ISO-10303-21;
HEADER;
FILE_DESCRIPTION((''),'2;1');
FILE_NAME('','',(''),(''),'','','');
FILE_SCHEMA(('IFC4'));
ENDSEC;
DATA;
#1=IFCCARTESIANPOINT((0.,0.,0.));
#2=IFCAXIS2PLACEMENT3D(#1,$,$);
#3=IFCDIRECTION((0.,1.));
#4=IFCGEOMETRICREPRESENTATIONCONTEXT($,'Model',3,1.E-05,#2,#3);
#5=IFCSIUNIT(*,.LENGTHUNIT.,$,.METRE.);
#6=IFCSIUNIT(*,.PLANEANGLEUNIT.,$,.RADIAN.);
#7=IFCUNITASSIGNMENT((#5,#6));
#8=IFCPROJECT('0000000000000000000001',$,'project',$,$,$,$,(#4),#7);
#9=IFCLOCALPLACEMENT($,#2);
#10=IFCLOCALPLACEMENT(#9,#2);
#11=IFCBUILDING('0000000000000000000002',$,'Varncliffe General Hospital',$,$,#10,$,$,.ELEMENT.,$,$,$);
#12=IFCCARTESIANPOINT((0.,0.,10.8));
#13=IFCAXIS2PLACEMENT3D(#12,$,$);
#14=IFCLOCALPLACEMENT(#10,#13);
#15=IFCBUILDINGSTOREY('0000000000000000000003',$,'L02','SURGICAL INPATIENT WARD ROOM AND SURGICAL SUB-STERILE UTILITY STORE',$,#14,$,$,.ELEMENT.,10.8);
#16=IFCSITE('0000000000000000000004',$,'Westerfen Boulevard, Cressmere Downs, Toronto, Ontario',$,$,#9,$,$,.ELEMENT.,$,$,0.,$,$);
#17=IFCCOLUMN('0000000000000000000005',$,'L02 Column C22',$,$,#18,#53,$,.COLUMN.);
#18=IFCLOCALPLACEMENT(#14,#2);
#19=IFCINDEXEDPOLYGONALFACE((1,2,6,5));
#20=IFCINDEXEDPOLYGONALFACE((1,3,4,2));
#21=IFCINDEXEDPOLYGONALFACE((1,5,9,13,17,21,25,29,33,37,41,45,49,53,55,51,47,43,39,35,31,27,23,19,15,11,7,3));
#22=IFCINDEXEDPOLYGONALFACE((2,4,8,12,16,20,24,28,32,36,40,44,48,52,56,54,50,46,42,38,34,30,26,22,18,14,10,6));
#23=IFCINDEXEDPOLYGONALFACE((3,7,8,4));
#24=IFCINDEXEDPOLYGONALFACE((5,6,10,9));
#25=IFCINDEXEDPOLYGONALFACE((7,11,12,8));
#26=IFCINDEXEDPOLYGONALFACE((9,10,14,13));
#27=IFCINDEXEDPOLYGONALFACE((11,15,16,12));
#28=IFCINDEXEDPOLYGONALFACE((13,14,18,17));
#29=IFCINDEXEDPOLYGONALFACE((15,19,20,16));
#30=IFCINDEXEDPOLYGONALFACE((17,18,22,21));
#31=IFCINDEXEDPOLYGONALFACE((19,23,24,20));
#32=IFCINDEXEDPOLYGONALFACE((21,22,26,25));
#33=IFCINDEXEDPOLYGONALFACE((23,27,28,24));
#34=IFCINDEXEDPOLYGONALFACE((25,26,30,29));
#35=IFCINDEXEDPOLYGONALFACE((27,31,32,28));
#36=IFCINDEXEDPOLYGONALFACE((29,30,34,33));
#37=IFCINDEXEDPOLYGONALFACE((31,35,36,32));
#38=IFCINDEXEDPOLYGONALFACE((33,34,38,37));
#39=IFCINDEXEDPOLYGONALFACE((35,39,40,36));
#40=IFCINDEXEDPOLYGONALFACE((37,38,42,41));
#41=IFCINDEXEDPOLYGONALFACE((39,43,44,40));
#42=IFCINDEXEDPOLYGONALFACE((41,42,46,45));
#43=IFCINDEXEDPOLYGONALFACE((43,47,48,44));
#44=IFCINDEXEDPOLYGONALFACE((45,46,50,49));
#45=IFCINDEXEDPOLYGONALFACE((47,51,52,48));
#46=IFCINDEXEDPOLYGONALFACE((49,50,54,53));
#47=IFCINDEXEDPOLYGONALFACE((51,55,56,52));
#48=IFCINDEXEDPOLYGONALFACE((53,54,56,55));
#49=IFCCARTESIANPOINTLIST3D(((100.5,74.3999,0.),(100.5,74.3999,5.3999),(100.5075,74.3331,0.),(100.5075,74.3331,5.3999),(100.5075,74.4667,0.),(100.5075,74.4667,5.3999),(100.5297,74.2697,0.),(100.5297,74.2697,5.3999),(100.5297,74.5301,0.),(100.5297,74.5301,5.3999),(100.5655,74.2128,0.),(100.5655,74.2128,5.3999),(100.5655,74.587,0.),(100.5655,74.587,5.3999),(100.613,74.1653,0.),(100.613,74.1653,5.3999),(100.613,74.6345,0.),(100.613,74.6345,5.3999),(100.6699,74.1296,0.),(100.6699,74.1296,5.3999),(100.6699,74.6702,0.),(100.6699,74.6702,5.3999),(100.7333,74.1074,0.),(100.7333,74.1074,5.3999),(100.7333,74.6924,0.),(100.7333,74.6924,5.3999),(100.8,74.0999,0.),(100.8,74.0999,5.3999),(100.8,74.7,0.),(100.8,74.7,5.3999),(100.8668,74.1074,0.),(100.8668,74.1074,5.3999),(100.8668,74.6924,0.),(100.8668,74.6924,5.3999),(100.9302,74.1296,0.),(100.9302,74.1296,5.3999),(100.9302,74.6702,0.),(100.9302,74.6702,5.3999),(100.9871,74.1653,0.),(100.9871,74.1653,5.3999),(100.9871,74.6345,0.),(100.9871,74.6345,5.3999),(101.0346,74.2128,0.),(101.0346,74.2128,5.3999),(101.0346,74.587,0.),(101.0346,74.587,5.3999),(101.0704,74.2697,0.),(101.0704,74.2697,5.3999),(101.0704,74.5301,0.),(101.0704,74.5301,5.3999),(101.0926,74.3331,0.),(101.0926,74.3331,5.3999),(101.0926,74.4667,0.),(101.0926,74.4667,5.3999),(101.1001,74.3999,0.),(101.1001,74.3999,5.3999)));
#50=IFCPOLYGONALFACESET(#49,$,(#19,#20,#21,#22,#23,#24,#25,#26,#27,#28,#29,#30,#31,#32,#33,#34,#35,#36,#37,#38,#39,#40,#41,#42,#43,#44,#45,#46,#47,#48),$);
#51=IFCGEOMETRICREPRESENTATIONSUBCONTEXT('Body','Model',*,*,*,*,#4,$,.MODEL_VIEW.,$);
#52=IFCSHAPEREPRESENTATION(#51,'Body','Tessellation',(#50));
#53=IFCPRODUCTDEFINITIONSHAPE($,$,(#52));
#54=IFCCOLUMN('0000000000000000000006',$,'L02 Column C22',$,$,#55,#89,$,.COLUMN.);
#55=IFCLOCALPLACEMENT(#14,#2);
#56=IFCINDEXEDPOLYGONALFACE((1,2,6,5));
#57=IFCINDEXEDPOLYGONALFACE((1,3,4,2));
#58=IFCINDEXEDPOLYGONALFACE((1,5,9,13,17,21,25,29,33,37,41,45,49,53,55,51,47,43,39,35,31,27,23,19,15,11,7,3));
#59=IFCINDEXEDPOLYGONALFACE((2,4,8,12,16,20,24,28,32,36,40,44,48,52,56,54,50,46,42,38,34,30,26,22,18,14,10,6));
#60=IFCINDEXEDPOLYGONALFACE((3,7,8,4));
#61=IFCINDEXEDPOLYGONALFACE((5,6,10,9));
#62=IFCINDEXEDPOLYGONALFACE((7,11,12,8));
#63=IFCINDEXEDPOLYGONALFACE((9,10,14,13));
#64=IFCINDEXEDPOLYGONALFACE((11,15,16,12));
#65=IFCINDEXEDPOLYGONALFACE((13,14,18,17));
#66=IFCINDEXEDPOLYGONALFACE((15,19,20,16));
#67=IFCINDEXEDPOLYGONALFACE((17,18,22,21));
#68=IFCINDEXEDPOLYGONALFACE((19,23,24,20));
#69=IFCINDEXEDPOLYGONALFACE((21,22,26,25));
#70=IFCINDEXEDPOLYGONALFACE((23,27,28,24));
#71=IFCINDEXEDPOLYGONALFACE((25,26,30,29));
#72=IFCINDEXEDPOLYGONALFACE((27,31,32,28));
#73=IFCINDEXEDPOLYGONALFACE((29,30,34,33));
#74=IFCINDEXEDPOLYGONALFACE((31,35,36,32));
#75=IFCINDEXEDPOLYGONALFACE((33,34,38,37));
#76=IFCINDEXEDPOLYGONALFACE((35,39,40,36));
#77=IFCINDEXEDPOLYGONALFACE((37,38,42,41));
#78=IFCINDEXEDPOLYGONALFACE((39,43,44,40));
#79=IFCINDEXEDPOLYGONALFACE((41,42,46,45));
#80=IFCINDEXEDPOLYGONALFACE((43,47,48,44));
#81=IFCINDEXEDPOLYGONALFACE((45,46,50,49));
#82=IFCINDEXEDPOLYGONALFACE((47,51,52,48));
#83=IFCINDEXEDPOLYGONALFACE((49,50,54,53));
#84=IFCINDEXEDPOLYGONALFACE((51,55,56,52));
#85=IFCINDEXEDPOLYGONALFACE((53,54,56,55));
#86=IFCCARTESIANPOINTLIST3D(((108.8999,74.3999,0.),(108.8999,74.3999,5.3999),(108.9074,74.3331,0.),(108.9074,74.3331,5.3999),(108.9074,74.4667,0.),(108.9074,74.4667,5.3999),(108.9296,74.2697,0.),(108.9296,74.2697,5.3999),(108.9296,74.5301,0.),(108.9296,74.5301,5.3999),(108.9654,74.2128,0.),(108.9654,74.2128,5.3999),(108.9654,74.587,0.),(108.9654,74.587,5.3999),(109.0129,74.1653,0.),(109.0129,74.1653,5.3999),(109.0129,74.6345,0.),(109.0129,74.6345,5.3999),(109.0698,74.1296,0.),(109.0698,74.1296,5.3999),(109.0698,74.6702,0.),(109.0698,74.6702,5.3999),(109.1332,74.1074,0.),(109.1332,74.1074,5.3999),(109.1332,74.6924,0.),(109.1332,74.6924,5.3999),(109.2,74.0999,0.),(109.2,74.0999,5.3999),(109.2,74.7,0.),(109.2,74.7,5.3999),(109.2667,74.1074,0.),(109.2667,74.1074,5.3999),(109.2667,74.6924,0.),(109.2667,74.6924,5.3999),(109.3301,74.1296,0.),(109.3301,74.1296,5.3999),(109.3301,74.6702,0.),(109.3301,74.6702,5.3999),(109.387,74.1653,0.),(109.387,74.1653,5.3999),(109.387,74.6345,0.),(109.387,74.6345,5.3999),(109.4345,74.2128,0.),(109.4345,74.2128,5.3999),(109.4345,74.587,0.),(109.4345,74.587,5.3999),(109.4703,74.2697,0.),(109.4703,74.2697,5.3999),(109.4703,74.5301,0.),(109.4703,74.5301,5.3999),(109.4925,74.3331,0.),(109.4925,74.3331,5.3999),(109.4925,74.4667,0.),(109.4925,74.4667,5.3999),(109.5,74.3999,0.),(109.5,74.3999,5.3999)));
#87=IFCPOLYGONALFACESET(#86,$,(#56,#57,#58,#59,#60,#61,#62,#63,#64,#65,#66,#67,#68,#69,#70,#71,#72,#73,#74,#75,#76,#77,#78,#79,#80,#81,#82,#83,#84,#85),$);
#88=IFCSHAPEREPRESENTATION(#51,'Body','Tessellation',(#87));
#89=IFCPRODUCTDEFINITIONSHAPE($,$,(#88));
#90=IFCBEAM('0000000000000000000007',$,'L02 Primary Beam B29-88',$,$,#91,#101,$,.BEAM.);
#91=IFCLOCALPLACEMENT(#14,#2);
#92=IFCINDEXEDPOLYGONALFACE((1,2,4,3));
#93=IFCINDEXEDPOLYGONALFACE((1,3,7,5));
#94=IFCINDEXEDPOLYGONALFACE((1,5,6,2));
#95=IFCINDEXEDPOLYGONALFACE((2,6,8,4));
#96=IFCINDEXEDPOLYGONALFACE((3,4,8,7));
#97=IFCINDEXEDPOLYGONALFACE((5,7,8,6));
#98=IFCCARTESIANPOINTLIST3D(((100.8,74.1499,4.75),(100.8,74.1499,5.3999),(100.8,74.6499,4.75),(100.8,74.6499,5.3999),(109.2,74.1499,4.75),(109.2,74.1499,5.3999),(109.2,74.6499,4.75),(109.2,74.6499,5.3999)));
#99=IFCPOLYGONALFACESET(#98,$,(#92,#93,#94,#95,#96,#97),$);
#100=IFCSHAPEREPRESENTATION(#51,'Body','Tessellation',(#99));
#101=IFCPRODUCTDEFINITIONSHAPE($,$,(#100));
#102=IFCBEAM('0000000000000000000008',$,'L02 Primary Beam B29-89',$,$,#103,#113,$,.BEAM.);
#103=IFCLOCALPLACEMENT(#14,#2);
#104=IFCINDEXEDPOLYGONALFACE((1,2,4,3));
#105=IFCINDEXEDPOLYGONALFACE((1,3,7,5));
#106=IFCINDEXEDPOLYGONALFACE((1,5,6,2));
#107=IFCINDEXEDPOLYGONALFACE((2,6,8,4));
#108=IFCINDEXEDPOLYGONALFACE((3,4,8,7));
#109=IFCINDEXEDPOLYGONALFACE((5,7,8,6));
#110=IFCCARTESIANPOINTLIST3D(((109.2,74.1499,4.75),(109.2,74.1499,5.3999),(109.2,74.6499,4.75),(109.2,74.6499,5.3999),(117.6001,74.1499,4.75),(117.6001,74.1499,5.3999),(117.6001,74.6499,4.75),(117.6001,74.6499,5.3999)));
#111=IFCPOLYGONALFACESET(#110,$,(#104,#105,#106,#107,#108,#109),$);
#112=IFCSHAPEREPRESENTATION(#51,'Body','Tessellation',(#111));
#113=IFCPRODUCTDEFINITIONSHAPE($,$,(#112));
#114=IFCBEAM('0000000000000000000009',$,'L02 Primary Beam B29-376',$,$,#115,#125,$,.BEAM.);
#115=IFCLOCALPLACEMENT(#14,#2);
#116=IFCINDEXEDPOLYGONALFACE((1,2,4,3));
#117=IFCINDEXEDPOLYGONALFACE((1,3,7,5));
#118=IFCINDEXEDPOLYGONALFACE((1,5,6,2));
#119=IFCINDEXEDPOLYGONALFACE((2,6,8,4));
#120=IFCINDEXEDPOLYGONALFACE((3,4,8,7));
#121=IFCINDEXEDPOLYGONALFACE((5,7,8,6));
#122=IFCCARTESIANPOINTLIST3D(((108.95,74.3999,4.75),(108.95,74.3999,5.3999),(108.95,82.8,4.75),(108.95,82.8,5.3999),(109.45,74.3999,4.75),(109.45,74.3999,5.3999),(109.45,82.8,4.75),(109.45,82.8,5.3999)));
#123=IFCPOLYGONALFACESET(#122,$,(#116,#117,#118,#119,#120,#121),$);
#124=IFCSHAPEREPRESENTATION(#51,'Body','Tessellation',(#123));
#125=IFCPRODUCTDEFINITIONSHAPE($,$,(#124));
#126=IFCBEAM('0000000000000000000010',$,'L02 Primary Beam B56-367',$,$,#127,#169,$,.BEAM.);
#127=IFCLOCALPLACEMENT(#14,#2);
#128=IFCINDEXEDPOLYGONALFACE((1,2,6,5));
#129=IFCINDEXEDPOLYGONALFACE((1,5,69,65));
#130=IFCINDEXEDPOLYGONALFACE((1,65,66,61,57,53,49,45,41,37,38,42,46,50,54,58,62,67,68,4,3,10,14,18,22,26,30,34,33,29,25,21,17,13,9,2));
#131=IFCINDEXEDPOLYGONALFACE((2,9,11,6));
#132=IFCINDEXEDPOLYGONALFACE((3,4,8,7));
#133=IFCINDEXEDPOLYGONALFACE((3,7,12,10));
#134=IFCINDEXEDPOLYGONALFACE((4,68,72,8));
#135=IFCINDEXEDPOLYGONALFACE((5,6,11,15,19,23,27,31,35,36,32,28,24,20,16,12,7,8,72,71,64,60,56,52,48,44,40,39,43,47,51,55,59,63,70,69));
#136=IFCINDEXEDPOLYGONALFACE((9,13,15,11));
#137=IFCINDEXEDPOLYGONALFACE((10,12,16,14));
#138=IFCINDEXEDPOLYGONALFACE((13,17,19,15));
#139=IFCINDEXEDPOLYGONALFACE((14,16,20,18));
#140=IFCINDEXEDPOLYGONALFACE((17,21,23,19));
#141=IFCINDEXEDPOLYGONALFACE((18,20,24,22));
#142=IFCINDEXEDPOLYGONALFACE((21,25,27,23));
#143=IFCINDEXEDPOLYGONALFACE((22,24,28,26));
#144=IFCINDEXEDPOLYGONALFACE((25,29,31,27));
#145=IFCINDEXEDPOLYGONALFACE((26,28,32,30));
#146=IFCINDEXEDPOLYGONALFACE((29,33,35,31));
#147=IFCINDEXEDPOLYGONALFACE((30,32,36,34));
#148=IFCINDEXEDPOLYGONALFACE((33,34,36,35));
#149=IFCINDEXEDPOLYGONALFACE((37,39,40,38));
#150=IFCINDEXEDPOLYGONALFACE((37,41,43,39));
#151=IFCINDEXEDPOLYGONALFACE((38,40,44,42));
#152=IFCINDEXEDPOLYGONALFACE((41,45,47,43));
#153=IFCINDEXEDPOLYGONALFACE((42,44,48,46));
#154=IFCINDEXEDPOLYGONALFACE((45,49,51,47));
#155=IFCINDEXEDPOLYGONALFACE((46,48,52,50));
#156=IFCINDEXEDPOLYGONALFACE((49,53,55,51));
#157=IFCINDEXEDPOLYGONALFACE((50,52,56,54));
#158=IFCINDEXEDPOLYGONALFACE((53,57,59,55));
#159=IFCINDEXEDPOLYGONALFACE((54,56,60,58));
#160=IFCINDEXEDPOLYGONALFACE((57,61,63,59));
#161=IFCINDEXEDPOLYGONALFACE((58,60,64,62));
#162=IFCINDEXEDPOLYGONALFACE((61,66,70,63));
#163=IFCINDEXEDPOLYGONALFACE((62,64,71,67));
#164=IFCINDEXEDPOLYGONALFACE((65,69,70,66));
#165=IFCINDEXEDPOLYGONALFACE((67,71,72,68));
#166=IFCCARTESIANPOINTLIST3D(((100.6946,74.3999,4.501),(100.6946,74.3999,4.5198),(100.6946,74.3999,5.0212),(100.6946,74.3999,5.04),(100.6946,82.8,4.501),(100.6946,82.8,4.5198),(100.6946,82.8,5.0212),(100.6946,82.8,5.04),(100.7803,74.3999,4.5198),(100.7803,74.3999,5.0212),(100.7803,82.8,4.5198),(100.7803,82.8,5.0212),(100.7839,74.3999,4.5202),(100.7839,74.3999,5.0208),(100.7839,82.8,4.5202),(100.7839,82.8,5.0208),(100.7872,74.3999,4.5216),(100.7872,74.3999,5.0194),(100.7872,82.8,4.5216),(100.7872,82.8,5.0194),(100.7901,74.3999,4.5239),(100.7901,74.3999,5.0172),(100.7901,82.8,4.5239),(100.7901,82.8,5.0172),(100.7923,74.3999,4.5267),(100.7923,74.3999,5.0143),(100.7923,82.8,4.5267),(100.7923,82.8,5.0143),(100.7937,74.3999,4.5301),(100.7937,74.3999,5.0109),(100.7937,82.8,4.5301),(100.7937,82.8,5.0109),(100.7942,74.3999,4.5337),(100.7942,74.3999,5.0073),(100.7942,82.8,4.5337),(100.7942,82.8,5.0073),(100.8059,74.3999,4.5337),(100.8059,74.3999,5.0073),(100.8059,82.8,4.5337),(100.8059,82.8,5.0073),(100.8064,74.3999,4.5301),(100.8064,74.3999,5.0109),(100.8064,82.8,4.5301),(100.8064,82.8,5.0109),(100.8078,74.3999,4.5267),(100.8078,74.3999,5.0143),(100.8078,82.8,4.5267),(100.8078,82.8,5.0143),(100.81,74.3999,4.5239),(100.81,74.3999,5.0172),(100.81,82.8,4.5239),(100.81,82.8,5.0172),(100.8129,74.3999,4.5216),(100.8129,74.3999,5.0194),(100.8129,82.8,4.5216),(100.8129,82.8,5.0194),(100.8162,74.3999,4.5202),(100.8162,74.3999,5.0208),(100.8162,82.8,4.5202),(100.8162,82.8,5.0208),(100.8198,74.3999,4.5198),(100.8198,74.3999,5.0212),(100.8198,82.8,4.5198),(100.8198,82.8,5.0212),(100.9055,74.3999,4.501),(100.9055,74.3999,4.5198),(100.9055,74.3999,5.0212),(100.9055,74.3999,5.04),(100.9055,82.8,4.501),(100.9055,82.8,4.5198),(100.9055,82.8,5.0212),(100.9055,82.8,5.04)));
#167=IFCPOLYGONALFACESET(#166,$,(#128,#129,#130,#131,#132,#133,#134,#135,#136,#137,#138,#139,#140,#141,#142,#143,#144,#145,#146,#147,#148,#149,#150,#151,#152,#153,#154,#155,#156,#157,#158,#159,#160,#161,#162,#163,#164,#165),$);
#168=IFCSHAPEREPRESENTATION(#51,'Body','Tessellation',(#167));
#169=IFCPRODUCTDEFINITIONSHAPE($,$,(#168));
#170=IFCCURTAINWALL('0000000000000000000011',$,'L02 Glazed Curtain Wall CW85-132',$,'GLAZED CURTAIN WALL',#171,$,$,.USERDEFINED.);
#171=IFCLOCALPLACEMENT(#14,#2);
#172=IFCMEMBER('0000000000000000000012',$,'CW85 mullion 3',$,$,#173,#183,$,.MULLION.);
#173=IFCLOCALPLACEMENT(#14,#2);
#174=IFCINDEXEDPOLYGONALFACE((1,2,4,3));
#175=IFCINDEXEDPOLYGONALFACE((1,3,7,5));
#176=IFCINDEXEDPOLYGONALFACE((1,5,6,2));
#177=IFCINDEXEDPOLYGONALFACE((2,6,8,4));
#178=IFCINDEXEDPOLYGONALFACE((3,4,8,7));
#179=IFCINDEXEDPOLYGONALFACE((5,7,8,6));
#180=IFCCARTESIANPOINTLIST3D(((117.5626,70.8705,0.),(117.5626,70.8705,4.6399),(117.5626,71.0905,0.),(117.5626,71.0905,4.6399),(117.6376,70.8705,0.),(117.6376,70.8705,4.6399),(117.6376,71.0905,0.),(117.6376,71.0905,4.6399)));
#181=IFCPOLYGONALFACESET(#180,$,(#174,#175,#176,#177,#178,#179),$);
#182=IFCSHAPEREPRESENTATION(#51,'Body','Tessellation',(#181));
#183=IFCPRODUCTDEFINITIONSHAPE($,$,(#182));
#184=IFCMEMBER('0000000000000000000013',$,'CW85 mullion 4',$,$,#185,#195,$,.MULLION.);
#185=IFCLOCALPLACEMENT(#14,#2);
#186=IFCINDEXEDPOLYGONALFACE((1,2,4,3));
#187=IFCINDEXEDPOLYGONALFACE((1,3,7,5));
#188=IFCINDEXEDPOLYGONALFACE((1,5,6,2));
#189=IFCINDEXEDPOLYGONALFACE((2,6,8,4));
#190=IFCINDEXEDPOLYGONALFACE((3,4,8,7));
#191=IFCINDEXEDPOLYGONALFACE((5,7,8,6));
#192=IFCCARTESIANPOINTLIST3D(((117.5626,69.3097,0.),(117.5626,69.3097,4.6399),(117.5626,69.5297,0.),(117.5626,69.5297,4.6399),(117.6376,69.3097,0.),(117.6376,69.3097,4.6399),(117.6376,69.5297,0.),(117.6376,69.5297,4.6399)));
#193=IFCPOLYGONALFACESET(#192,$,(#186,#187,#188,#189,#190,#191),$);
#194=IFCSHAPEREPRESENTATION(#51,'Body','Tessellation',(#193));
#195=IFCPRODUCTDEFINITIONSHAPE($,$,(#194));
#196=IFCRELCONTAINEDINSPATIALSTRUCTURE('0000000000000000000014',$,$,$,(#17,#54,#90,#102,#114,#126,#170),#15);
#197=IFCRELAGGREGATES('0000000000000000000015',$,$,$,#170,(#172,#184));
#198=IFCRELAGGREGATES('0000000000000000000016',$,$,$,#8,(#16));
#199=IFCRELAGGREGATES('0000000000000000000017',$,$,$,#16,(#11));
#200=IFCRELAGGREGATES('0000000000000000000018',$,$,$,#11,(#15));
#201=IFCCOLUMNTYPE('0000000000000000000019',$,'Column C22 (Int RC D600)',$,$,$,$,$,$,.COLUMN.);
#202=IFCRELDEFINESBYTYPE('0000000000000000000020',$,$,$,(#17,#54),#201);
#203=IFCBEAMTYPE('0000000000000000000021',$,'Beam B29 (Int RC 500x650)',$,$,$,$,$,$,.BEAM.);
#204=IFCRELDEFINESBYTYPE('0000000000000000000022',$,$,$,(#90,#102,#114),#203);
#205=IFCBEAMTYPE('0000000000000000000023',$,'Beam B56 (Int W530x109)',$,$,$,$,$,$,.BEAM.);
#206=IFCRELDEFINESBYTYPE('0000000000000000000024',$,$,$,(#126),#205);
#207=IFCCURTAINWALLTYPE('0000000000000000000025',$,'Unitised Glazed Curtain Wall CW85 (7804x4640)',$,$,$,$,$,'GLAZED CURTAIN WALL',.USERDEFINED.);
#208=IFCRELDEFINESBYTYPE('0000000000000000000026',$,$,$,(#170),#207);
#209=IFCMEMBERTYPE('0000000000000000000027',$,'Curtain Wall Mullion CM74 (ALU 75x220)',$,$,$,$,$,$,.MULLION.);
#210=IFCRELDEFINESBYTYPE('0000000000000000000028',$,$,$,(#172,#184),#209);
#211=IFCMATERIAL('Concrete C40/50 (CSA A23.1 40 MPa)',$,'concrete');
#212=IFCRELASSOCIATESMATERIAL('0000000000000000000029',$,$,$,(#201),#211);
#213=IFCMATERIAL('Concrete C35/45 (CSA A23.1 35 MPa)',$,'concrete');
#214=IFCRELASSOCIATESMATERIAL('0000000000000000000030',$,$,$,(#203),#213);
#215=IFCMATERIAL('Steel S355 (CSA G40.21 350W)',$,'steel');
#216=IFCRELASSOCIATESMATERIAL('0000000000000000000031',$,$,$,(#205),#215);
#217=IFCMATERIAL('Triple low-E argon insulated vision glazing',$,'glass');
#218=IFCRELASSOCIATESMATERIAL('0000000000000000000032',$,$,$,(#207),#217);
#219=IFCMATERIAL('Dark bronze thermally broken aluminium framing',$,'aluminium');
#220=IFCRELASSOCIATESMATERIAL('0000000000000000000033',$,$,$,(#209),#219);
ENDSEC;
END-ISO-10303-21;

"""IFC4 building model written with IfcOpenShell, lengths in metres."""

from ifc_helpers import new_model, si_unit, direction, frame, origin, origin_2d, place, context, subcontext, project, spatial, rectangle, circle, i_section, extrude, material, material_profile, profile_set, type_object, element, aggregate, save


model = new_model("IFC4")

# Units and contexts
model_context = context("Model", 3, precision=1e-05, world=origin(), true_north=direction((0.0, 1.0)))
body_context = subcontext(model_context, "Body", "Model", "MODEL_VIEW")
ifc_project = project(units=[si_unit("LENGTHUNIT", "METRE"), si_unit("PLANEANGLEUNIT", "RADIAN")], contexts=[model_context])

# Site, building, storey
site_placement = place(None, origin())
site = spatial("IfcSite", under=ifc_project, at=site_placement, Name="Westerfen Boulevard, Cressmere Downs, Toronto, Ontario", CompositionType="ELEMENT", RefElevation=0.0)
building_placement = place(site_placement, origin())
building = spatial("IfcBuilding", under=site, at=building_placement, Name="Varncliffe General Hospital", CompositionType="ELEMENT")
storey_placement = place(building_placement, frame((0.0, 0.0, 10.8)))
storey = spatial("IfcBuildingStorey", under=building, at=storey_placement, Name="L02", Description="SURGICAL INPATIENT WARD ROOM AND SURGICAL SUB-STERILE UTILITY STORE", CompositionType="ELEMENT", Elevation=10.8)

# Columns
ifc_material_1 = material(Name="Concrete C40/50 (CSA A23.1 40 MPa)", Category="concrete")
ifc_material_profile_1 = material_profile(ifc_material_1, circle(Radius=0.3, at=origin_2d()), Name="RC D600")
ifc_profile_set_1 = profile_set([ifc_material_profile_1], Name="Concrete C40/50 (CSA A23.1 40 MPa)")
column_type = type_object("IfcColumnType", Name="Column C22 (Int RC D600)", PredefinedType="COLUMN", material=ifc_profile_set_1)
for number, where, z_axis, x_axis, name in (
    (1, (100.8, 74.3999, 0.0), (0.0, 0.0, 1.0), (1.0, 0.0, 0.0), "L02 Column C22"),
    (2, (109.2, 74.3999, 0.0), (0.0, 0.0, 1.0), (1.0, 0.0, 0.0), "L02 Column C22"),
):
    element("IfcColumn", number, at=place(storey_placement, frame(where, z_axis=z_axis, x_axis=x_axis)), inside=storey, type_object=column_type, Name=name, PredefinedType="COLUMN", context=body_context, shape_type="SweptSolid", body=[
        extrude(circle(Radius=0.3, at=origin_2d()), origin(), (0.0, 0.0, 1.0), 5.3999),
    ])

# Beams
ifc_material_2 = material(Name="Concrete C35/45 (CSA A23.1 35 MPa)", Category="concrete")
ifc_material_profile_2 = material_profile(ifc_material_2, rectangle(XDim=0.5, YDim=0.6499, at=origin_2d()), Name="RC 500x650")
ifc_profile_set_2 = profile_set([ifc_material_profile_2], Name="Concrete C35/45 (CSA A23.1 35 MPa)")
beam_type_1 = type_object("IfcBeamType", Name="Beam B29 (Int RC 500x650)", PredefinedType="BEAM", material=ifc_profile_set_2)
beam_1_placement = place(storey_placement, frame((100.8, 74.3999, 5.075), z_axis=(1.0, 0.0, 0.0), x_axis=(0.0, 1.0, 0.0)))
element("IfcBeam", 3, at=beam_1_placement, inside=storey, type_object=beam_type_1, Name="L02 Primary Beam B29-88", PredefinedType="BEAM", context=body_context, shape_type="SweptSolid", body=[
    extrude(rectangle(XDim=0.5, YDim=0.6499, at=origin_2d()), origin(), (0.0, 0.0, 1.0), 8.3999),
])
for number, where, z_axis, x_axis, name in (
    (4, (109.2, 74.3999, 5.075), (1.0, 0.0, 0.0), (0.0, 1.0, 0.0), "L02 Primary Beam B29-89"),
    (5, (109.2, 74.3999, 5.075), (0.0, 1.0, 0.0), (-1.0, 0.0, 0.0), "L02 Primary Beam B29-376"),
):
    element("IfcBeam", number, at=place(storey_placement, frame(where, z_axis=z_axis, x_axis=x_axis)), inside=storey, type_object=beam_type_1, Name=name, PredefinedType="BEAM", context=body_context, shape_type="SweptSolid", body=[
        extrude(rectangle(XDim=0.5, YDim=0.6499, at=origin_2d()), origin(), (0.0, 0.0, 1.0), 8.4001),
    ])
ifc_material_3 = material(Name="Steel S355 (CSA G40.21 350W)", Category="steel")
ifc_material_profile_3 = material_profile(ifc_material_3, i_section(OverallWidth=0.2109, OverallDepth=0.5391, WebThickness=0.0117, FlangeThickness=0.0188, FilletRadius=0.0139, at=origin_2d()), Name="W530x109")
ifc_profile_set_3 = profile_set([ifc_material_profile_3], Name="Steel S355 (CSA G40.21 350W)")
beam_type_2 = type_object("IfcBeamType", Name="Beam B56 (Int W530x109)", PredefinedType="BEAM", material=ifc_profile_set_3)
beam_2_placement = place(storey_placement, frame((100.8, 74.3999, 4.7705), z_axis=(0.0, 1.0, 0.0), x_axis=(-1.0, 0.0, 0.0)))
element("IfcBeam", 6, at=beam_2_placement, inside=storey, type_object=beam_type_2, Name="L02 Primary Beam B56-367", PredefinedType="BEAM", context=body_context, shape_type="SweptSolid", body=[
    extrude(i_section(OverallWidth=0.2109, OverallDepth=0.5391, WebThickness=0.0117, FlangeThickness=0.0188, FilletRadius=0.0139, at=origin_2d()), origin(), (0.0, 0.0, 1.0), 8.4001),
])

# Curtain wall, members
ifc_material_4 = material(Name="Triple low-E argon insulated vision glazing", Category="glass")
curtain_wall_type = type_object("IfcCurtainWallType", Name="Unitised Glazed Curtain Wall CW85 (7804x4640)", ElementType="GLAZED CURTAIN WALL", PredefinedType="USERDEFINED", material=ifc_material_4)
curtain_wall_placement = place(storey_placement, origin())
curtain_wall = element("IfcCurtainWall", 7, at=curtain_wall_placement, inside=storey, type_object=curtain_wall_type, Name="L02 Glazed Curtain Wall CW85-132", ObjectType="GLAZED CURTAIN WALL", PredefinedType="USERDEFINED")
ifc_material_5 = material(Name="Dark bronze thermally broken aluminium framing", Category="aluminium")
ifc_material_profile_4 = material_profile(ifc_material_5, rectangle(XDim=0.075, YDim=0.22, at=origin_2d()), Name="ALU 75x220")
ifc_profile_set_4 = profile_set([ifc_material_profile_4], Name="Dark bronze thermally broken aluminium framing")
member_type_1 = type_object("IfcMemberType", Name="Curtain Wall Mullion CM74 (ALU 75x220)", PredefinedType="MULLION", material=ifc_profile_set_4)
member_1_placement = place(storey_placement, frame((117.6001, 70.9805, 0.0), z_axis=(0.0, 0.0, 1.0), x_axis=(1.0, 0.0, 0.0)))
member_1 = element("IfcMember", 8, at=member_1_placement, type_object=member_type_1, Name="CW85 mullion 3", PredefinedType="MULLION", context=body_context, shape_type="SweptSolid", body=[
    extrude(rectangle(XDim=0.075, YDim=0.22, at=origin_2d()), origin(), (0.0, 0.0, 1.0), 4.6399),
])
member_2_placement = place(storey_placement, frame((117.6001, 69.4197, 0.0), z_axis=(0.0, 0.0, 1.0), x_axis=(1.0, 0.0, 0.0)))
member_2 = element("IfcMember", 9, at=member_2_placement, type_object=member_type_1, Name="CW85 mullion 4", PredefinedType="MULLION", context=body_context, shape_type="SweptSolid", body=[
    extrude(rectangle(XDim=0.075, YDim=0.22, at=origin_2d()), origin(), (0.0, 0.0, 1.0), 4.6399),
])

aggregate(curtain_wall, [member_1, member_2])

save(model, "model.ifc")
